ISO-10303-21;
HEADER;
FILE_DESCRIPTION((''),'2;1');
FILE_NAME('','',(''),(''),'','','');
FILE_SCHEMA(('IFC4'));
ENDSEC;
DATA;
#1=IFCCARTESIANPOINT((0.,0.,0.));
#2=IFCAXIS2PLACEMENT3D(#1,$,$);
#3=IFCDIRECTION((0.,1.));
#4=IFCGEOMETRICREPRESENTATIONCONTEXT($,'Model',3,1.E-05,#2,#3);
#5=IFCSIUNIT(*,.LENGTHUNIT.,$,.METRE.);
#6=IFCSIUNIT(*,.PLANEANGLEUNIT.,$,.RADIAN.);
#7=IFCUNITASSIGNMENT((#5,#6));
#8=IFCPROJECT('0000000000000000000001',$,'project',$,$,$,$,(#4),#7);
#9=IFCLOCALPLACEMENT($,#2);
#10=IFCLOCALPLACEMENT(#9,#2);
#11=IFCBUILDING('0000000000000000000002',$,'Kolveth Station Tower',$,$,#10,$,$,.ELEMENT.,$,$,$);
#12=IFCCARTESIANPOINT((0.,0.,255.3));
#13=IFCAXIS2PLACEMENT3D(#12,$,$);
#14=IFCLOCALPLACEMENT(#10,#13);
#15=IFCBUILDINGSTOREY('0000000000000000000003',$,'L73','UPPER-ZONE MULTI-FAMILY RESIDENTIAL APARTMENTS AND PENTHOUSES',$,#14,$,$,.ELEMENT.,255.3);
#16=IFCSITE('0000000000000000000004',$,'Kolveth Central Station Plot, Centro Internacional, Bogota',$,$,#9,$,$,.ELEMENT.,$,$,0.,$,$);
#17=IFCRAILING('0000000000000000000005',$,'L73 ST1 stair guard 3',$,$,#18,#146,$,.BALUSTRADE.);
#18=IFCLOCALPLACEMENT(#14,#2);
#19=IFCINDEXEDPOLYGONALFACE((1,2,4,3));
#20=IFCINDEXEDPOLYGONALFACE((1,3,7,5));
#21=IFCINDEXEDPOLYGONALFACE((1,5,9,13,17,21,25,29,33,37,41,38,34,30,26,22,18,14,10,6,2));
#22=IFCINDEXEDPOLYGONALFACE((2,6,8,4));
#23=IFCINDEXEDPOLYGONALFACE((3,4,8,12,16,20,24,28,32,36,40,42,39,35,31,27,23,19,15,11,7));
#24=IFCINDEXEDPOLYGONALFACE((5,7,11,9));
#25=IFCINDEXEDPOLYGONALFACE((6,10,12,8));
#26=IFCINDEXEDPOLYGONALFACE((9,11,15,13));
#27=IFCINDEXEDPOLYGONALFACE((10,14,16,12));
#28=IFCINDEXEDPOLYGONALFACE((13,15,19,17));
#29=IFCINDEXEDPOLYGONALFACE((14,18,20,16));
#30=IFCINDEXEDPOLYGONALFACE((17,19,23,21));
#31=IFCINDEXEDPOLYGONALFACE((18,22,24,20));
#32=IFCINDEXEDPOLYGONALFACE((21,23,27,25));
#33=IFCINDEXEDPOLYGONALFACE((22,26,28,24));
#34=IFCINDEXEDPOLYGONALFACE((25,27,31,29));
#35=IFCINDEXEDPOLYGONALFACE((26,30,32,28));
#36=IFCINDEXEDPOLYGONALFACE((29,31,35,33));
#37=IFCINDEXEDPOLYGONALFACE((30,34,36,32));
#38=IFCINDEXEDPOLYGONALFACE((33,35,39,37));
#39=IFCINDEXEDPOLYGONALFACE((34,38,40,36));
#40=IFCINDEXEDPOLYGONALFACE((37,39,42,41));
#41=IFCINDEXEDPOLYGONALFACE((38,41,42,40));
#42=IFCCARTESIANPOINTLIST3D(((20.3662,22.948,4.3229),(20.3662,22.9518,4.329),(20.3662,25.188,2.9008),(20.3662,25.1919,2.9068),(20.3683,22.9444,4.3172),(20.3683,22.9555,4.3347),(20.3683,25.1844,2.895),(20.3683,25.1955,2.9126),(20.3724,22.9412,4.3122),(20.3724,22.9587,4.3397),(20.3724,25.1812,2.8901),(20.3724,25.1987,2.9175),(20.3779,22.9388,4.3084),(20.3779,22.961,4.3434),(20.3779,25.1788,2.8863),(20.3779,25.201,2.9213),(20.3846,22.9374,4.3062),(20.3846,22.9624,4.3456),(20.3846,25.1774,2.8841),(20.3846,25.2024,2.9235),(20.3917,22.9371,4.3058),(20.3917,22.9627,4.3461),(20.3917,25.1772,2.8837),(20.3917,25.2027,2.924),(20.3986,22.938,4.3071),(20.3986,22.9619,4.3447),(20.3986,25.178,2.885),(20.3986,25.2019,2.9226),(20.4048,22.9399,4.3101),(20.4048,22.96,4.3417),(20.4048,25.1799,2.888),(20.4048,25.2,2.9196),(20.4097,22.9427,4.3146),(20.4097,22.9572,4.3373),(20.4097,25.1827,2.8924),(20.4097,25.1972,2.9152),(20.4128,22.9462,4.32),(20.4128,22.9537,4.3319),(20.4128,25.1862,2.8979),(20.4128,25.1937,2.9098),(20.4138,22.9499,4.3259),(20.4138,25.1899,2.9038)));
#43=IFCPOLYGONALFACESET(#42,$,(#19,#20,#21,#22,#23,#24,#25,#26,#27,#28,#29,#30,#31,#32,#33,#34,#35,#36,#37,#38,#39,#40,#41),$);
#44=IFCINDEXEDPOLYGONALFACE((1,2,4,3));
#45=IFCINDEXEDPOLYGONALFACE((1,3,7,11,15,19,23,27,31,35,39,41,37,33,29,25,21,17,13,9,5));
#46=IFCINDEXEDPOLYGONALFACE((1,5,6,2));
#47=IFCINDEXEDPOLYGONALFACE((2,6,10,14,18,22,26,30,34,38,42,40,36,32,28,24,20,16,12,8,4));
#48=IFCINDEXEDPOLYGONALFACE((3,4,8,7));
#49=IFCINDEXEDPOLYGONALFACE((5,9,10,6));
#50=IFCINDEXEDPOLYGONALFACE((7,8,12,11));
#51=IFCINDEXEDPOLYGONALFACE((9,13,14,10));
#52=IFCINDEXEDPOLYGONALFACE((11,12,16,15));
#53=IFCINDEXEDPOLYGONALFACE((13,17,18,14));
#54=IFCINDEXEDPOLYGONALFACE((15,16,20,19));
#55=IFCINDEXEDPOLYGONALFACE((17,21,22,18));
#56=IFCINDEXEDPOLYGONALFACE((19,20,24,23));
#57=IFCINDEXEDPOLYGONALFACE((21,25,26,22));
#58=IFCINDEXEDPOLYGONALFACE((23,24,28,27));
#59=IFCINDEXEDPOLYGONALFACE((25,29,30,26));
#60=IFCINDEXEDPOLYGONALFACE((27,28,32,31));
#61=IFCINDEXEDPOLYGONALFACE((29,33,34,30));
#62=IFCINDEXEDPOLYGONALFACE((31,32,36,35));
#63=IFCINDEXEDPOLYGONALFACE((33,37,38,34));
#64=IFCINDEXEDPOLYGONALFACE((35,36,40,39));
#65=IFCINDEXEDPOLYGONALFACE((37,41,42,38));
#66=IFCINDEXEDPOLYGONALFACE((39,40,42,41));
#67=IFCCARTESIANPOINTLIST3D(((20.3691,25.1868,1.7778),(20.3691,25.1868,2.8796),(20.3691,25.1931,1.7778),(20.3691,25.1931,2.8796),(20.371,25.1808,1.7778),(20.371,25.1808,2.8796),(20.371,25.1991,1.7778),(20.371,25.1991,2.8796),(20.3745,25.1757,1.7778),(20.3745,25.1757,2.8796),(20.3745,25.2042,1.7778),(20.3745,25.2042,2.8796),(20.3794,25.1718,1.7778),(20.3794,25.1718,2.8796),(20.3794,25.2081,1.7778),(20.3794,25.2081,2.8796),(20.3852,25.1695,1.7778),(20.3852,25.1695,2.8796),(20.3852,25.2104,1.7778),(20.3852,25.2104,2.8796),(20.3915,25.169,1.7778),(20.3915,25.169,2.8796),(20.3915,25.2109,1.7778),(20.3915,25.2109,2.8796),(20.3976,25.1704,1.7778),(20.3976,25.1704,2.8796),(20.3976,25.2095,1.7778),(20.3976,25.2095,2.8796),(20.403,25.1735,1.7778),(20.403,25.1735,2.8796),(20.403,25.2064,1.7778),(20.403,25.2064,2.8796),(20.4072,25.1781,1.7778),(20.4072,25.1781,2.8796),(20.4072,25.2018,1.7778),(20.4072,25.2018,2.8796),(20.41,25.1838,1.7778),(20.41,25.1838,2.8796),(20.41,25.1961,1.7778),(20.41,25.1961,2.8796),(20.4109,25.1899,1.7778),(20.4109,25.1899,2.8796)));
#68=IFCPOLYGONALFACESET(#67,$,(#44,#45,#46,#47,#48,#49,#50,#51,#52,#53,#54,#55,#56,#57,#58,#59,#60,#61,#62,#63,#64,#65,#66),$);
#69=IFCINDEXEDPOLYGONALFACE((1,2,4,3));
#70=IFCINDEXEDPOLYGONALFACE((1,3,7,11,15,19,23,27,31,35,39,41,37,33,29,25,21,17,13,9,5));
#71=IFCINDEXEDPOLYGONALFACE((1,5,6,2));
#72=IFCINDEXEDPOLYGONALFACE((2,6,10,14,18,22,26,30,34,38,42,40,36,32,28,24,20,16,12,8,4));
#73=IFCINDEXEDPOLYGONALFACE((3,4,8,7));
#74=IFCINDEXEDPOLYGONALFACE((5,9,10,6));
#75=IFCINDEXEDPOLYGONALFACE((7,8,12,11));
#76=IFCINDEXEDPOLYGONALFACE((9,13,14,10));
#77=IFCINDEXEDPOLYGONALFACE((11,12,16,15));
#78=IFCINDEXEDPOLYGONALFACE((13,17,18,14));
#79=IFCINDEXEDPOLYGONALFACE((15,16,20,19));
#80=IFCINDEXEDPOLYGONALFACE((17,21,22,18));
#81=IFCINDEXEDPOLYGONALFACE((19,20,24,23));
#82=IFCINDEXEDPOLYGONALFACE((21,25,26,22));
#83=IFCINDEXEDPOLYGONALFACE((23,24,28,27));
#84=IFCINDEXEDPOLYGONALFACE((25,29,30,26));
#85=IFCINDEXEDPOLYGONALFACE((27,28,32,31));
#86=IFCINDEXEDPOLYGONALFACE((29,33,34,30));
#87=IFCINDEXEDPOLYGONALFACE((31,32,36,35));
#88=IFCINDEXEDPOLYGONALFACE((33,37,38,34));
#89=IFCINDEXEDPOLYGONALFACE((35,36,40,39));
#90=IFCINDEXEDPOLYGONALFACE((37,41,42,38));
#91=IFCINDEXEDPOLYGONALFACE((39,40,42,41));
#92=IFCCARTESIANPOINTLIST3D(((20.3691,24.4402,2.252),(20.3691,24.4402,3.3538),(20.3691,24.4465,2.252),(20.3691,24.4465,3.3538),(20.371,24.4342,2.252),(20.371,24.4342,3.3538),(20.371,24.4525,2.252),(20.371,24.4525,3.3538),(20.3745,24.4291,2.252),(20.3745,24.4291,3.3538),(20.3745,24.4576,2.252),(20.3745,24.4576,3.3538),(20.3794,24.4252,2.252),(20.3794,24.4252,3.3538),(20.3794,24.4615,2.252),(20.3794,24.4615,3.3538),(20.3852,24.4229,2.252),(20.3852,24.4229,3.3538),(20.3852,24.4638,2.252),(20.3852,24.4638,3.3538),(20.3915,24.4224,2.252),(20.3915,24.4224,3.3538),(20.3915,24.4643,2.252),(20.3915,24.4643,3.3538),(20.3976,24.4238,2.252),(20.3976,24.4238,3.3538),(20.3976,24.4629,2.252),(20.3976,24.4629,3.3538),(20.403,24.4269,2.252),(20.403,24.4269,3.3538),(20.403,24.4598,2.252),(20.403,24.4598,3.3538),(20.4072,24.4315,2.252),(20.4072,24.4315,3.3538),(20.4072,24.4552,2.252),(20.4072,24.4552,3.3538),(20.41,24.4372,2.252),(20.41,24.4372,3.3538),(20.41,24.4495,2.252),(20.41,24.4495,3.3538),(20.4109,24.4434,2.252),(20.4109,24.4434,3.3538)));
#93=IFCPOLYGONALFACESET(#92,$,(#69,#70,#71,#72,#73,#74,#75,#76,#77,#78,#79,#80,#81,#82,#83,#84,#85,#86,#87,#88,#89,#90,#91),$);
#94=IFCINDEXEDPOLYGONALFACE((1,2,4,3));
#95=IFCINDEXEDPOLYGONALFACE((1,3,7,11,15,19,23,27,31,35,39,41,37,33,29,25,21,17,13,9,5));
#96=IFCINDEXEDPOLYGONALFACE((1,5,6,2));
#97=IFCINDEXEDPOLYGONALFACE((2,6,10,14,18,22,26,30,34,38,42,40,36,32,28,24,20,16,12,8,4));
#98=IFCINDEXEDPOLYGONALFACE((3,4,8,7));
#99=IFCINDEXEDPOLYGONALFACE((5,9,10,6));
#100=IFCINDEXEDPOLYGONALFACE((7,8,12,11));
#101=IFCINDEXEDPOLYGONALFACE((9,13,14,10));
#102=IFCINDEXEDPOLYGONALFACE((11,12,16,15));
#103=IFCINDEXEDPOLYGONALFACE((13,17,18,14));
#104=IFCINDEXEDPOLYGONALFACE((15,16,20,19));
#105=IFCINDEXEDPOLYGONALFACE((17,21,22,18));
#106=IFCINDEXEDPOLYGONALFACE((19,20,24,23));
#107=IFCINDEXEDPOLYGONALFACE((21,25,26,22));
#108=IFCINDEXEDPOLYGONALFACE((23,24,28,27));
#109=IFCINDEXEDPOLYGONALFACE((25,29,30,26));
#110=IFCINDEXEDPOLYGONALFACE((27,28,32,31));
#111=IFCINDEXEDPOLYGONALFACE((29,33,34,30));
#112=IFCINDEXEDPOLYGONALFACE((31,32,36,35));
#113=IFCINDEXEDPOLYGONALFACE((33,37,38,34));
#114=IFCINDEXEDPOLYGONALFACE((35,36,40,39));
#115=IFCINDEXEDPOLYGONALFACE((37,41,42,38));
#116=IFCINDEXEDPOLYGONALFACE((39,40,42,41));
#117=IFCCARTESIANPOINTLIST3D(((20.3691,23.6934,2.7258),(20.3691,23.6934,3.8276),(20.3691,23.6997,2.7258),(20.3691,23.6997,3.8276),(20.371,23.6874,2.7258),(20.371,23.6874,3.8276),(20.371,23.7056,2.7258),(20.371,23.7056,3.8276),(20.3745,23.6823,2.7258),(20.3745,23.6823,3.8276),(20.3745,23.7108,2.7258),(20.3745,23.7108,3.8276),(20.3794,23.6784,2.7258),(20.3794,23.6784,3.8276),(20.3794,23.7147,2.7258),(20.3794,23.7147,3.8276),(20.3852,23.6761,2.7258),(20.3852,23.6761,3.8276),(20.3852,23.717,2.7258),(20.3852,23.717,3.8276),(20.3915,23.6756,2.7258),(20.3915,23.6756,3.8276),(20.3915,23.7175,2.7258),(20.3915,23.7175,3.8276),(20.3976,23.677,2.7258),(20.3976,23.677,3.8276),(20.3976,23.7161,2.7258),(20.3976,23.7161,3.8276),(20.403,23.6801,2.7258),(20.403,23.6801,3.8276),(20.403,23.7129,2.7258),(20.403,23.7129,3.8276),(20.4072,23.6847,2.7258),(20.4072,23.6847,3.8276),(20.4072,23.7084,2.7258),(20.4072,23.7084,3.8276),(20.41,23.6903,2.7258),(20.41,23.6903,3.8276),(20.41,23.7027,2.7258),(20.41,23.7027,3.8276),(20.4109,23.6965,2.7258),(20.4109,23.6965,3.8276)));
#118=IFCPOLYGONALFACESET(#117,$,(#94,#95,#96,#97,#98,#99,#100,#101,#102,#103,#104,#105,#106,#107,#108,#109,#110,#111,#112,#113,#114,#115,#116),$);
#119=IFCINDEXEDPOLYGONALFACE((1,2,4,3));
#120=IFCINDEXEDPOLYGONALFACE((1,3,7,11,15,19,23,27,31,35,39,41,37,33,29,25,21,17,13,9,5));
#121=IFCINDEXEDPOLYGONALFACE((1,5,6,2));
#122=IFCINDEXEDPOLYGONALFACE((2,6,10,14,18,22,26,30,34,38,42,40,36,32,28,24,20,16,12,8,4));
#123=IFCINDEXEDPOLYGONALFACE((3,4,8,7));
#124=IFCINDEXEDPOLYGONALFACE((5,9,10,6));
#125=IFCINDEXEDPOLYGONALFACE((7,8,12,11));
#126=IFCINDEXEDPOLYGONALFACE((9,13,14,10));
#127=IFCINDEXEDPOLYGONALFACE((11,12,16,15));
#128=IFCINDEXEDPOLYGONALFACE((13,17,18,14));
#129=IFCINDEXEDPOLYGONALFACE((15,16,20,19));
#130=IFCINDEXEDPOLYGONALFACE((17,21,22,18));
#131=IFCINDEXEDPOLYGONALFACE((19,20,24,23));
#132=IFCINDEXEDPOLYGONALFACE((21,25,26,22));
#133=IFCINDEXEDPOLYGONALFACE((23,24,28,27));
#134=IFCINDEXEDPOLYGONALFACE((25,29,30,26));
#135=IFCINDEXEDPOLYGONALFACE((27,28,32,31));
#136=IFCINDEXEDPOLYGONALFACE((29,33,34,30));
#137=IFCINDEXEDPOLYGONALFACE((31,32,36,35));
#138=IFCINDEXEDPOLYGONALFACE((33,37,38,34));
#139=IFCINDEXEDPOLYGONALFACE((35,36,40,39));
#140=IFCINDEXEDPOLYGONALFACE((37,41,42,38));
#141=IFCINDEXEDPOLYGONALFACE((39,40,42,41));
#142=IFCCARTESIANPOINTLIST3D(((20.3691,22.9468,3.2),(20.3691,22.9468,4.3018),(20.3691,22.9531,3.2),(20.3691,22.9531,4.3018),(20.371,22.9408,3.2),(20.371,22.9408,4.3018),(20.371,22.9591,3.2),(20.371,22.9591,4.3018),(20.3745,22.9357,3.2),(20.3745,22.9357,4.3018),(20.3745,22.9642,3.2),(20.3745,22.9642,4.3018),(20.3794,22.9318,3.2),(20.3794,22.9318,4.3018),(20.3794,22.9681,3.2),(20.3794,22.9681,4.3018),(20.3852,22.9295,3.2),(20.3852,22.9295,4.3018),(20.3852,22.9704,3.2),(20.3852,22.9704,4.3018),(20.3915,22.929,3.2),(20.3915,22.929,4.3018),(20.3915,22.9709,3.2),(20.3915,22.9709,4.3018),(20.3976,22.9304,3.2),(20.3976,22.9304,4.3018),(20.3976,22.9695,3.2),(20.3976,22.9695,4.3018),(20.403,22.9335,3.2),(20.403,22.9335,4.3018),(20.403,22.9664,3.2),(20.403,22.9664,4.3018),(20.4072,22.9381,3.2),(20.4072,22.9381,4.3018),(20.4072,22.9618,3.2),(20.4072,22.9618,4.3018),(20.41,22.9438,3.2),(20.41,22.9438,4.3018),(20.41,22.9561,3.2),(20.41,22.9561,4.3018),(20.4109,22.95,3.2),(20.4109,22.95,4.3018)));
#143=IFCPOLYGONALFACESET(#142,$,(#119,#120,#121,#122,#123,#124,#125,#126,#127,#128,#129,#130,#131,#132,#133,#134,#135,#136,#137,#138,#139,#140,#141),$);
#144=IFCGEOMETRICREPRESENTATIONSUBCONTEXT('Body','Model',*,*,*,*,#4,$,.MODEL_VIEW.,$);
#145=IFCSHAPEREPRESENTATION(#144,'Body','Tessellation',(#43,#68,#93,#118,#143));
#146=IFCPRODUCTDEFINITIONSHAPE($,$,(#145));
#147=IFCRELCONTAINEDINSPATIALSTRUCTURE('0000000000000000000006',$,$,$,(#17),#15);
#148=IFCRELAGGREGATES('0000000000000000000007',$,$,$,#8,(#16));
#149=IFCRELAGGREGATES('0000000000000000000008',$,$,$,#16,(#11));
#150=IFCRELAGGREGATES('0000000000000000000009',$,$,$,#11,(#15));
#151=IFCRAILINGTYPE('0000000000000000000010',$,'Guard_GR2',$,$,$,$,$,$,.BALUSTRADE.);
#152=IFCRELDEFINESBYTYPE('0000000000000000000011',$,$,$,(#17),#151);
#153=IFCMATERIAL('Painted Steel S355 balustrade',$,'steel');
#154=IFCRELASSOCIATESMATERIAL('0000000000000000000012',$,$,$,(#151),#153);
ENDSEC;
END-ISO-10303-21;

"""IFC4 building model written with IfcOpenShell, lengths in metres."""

from ifc_helpers import new_model, si_unit, direction, frame, origin, origin_2d, place, context, subcontext, project, spatial, circle, extrude, material, type_object, element, save


model = new_model("IFC4")

# Units and contexts
model_context = context("Model", 3, precision=1e-05, world=origin(), true_north=direction((0.0, 1.0)))
body_context = subcontext(model_context, "Body", "Model", "MODEL_VIEW")
ifc_project = project(units=[si_unit("LENGTHUNIT", "METRE"), si_unit("PLANEANGLEUNIT", "RADIAN")], contexts=[model_context])

# Site, building, storey
site_placement = place(None, origin())
site = spatial("IfcSite", under=ifc_project, at=site_placement, Name="Kolveth Central Station Plot, Centro Internacional, Bogota", CompositionType="ELEMENT", RefElevation=0.0)
building_placement = place(site_placement, origin())
building = spatial("IfcBuilding", under=site, at=building_placement, Name="Kolveth Station Tower", CompositionType="ELEMENT")
storey_placement = place(building_placement, frame((0.0, 0.0, 255.3)))
storey = spatial("IfcBuildingStorey", under=building, at=storey_placement, Name="L73", Description="UPPER-ZONE MULTI-FAMILY RESIDENTIAL APARTMENTS AND PENTHOUSES", CompositionType="ELEMENT", Elevation=255.3)

# Railing
ifc_material_1 = material(Name="Painted Steel S355 balustrade", Category="steel")
railing_type_1 = type_object("IfcRailingType", Name="Guard_GR2", PredefinedType="BALUSTRADE", material=ifc_material_1)
railing_1_placement = place(storey_placement, frame((20.3899, 25.1899, 1.7778)))
element("IfcRailing", 1, at=railing_1_placement, inside=storey, type_object=railing_type_1, Name="L73 ST1 stair guard 3", PredefinedType="BALUSTRADE", context=body_context, shape_type="SweptSolid", body=[
    extrude(circle(Radius=0.0239, at=origin_2d()), frame((0.0, 0.0, 1.126), z_axis=(0.0, -0.844229, 0.535982), x_axis=(1.0, 0.0, 0.0)), (0.0, 0.0, 1.0), 2.6533),
    extrude(circle(Radius=0.021, at=origin_2d()), origin(), (0.0, 0.0, 1.0), 1.1018),
    extrude(circle(Radius=0.021, at=origin_2d()), frame((0.0, -0.7466, 0.4741)), (0.0, 0.0, 1.0), 1.1018),
    extrude(circle(Radius=0.021, at=origin_2d()), frame((0.0, -1.4934, 0.948)), (0.0, 0.0, 1.0), 1.1018),
    extrude(circle(Radius=0.021, at=origin_2d()), frame((0.0, -2.24, 1.4221)), (0.0, 0.0, 1.0), 1.1018),
])

save(model, "model.ifc")
